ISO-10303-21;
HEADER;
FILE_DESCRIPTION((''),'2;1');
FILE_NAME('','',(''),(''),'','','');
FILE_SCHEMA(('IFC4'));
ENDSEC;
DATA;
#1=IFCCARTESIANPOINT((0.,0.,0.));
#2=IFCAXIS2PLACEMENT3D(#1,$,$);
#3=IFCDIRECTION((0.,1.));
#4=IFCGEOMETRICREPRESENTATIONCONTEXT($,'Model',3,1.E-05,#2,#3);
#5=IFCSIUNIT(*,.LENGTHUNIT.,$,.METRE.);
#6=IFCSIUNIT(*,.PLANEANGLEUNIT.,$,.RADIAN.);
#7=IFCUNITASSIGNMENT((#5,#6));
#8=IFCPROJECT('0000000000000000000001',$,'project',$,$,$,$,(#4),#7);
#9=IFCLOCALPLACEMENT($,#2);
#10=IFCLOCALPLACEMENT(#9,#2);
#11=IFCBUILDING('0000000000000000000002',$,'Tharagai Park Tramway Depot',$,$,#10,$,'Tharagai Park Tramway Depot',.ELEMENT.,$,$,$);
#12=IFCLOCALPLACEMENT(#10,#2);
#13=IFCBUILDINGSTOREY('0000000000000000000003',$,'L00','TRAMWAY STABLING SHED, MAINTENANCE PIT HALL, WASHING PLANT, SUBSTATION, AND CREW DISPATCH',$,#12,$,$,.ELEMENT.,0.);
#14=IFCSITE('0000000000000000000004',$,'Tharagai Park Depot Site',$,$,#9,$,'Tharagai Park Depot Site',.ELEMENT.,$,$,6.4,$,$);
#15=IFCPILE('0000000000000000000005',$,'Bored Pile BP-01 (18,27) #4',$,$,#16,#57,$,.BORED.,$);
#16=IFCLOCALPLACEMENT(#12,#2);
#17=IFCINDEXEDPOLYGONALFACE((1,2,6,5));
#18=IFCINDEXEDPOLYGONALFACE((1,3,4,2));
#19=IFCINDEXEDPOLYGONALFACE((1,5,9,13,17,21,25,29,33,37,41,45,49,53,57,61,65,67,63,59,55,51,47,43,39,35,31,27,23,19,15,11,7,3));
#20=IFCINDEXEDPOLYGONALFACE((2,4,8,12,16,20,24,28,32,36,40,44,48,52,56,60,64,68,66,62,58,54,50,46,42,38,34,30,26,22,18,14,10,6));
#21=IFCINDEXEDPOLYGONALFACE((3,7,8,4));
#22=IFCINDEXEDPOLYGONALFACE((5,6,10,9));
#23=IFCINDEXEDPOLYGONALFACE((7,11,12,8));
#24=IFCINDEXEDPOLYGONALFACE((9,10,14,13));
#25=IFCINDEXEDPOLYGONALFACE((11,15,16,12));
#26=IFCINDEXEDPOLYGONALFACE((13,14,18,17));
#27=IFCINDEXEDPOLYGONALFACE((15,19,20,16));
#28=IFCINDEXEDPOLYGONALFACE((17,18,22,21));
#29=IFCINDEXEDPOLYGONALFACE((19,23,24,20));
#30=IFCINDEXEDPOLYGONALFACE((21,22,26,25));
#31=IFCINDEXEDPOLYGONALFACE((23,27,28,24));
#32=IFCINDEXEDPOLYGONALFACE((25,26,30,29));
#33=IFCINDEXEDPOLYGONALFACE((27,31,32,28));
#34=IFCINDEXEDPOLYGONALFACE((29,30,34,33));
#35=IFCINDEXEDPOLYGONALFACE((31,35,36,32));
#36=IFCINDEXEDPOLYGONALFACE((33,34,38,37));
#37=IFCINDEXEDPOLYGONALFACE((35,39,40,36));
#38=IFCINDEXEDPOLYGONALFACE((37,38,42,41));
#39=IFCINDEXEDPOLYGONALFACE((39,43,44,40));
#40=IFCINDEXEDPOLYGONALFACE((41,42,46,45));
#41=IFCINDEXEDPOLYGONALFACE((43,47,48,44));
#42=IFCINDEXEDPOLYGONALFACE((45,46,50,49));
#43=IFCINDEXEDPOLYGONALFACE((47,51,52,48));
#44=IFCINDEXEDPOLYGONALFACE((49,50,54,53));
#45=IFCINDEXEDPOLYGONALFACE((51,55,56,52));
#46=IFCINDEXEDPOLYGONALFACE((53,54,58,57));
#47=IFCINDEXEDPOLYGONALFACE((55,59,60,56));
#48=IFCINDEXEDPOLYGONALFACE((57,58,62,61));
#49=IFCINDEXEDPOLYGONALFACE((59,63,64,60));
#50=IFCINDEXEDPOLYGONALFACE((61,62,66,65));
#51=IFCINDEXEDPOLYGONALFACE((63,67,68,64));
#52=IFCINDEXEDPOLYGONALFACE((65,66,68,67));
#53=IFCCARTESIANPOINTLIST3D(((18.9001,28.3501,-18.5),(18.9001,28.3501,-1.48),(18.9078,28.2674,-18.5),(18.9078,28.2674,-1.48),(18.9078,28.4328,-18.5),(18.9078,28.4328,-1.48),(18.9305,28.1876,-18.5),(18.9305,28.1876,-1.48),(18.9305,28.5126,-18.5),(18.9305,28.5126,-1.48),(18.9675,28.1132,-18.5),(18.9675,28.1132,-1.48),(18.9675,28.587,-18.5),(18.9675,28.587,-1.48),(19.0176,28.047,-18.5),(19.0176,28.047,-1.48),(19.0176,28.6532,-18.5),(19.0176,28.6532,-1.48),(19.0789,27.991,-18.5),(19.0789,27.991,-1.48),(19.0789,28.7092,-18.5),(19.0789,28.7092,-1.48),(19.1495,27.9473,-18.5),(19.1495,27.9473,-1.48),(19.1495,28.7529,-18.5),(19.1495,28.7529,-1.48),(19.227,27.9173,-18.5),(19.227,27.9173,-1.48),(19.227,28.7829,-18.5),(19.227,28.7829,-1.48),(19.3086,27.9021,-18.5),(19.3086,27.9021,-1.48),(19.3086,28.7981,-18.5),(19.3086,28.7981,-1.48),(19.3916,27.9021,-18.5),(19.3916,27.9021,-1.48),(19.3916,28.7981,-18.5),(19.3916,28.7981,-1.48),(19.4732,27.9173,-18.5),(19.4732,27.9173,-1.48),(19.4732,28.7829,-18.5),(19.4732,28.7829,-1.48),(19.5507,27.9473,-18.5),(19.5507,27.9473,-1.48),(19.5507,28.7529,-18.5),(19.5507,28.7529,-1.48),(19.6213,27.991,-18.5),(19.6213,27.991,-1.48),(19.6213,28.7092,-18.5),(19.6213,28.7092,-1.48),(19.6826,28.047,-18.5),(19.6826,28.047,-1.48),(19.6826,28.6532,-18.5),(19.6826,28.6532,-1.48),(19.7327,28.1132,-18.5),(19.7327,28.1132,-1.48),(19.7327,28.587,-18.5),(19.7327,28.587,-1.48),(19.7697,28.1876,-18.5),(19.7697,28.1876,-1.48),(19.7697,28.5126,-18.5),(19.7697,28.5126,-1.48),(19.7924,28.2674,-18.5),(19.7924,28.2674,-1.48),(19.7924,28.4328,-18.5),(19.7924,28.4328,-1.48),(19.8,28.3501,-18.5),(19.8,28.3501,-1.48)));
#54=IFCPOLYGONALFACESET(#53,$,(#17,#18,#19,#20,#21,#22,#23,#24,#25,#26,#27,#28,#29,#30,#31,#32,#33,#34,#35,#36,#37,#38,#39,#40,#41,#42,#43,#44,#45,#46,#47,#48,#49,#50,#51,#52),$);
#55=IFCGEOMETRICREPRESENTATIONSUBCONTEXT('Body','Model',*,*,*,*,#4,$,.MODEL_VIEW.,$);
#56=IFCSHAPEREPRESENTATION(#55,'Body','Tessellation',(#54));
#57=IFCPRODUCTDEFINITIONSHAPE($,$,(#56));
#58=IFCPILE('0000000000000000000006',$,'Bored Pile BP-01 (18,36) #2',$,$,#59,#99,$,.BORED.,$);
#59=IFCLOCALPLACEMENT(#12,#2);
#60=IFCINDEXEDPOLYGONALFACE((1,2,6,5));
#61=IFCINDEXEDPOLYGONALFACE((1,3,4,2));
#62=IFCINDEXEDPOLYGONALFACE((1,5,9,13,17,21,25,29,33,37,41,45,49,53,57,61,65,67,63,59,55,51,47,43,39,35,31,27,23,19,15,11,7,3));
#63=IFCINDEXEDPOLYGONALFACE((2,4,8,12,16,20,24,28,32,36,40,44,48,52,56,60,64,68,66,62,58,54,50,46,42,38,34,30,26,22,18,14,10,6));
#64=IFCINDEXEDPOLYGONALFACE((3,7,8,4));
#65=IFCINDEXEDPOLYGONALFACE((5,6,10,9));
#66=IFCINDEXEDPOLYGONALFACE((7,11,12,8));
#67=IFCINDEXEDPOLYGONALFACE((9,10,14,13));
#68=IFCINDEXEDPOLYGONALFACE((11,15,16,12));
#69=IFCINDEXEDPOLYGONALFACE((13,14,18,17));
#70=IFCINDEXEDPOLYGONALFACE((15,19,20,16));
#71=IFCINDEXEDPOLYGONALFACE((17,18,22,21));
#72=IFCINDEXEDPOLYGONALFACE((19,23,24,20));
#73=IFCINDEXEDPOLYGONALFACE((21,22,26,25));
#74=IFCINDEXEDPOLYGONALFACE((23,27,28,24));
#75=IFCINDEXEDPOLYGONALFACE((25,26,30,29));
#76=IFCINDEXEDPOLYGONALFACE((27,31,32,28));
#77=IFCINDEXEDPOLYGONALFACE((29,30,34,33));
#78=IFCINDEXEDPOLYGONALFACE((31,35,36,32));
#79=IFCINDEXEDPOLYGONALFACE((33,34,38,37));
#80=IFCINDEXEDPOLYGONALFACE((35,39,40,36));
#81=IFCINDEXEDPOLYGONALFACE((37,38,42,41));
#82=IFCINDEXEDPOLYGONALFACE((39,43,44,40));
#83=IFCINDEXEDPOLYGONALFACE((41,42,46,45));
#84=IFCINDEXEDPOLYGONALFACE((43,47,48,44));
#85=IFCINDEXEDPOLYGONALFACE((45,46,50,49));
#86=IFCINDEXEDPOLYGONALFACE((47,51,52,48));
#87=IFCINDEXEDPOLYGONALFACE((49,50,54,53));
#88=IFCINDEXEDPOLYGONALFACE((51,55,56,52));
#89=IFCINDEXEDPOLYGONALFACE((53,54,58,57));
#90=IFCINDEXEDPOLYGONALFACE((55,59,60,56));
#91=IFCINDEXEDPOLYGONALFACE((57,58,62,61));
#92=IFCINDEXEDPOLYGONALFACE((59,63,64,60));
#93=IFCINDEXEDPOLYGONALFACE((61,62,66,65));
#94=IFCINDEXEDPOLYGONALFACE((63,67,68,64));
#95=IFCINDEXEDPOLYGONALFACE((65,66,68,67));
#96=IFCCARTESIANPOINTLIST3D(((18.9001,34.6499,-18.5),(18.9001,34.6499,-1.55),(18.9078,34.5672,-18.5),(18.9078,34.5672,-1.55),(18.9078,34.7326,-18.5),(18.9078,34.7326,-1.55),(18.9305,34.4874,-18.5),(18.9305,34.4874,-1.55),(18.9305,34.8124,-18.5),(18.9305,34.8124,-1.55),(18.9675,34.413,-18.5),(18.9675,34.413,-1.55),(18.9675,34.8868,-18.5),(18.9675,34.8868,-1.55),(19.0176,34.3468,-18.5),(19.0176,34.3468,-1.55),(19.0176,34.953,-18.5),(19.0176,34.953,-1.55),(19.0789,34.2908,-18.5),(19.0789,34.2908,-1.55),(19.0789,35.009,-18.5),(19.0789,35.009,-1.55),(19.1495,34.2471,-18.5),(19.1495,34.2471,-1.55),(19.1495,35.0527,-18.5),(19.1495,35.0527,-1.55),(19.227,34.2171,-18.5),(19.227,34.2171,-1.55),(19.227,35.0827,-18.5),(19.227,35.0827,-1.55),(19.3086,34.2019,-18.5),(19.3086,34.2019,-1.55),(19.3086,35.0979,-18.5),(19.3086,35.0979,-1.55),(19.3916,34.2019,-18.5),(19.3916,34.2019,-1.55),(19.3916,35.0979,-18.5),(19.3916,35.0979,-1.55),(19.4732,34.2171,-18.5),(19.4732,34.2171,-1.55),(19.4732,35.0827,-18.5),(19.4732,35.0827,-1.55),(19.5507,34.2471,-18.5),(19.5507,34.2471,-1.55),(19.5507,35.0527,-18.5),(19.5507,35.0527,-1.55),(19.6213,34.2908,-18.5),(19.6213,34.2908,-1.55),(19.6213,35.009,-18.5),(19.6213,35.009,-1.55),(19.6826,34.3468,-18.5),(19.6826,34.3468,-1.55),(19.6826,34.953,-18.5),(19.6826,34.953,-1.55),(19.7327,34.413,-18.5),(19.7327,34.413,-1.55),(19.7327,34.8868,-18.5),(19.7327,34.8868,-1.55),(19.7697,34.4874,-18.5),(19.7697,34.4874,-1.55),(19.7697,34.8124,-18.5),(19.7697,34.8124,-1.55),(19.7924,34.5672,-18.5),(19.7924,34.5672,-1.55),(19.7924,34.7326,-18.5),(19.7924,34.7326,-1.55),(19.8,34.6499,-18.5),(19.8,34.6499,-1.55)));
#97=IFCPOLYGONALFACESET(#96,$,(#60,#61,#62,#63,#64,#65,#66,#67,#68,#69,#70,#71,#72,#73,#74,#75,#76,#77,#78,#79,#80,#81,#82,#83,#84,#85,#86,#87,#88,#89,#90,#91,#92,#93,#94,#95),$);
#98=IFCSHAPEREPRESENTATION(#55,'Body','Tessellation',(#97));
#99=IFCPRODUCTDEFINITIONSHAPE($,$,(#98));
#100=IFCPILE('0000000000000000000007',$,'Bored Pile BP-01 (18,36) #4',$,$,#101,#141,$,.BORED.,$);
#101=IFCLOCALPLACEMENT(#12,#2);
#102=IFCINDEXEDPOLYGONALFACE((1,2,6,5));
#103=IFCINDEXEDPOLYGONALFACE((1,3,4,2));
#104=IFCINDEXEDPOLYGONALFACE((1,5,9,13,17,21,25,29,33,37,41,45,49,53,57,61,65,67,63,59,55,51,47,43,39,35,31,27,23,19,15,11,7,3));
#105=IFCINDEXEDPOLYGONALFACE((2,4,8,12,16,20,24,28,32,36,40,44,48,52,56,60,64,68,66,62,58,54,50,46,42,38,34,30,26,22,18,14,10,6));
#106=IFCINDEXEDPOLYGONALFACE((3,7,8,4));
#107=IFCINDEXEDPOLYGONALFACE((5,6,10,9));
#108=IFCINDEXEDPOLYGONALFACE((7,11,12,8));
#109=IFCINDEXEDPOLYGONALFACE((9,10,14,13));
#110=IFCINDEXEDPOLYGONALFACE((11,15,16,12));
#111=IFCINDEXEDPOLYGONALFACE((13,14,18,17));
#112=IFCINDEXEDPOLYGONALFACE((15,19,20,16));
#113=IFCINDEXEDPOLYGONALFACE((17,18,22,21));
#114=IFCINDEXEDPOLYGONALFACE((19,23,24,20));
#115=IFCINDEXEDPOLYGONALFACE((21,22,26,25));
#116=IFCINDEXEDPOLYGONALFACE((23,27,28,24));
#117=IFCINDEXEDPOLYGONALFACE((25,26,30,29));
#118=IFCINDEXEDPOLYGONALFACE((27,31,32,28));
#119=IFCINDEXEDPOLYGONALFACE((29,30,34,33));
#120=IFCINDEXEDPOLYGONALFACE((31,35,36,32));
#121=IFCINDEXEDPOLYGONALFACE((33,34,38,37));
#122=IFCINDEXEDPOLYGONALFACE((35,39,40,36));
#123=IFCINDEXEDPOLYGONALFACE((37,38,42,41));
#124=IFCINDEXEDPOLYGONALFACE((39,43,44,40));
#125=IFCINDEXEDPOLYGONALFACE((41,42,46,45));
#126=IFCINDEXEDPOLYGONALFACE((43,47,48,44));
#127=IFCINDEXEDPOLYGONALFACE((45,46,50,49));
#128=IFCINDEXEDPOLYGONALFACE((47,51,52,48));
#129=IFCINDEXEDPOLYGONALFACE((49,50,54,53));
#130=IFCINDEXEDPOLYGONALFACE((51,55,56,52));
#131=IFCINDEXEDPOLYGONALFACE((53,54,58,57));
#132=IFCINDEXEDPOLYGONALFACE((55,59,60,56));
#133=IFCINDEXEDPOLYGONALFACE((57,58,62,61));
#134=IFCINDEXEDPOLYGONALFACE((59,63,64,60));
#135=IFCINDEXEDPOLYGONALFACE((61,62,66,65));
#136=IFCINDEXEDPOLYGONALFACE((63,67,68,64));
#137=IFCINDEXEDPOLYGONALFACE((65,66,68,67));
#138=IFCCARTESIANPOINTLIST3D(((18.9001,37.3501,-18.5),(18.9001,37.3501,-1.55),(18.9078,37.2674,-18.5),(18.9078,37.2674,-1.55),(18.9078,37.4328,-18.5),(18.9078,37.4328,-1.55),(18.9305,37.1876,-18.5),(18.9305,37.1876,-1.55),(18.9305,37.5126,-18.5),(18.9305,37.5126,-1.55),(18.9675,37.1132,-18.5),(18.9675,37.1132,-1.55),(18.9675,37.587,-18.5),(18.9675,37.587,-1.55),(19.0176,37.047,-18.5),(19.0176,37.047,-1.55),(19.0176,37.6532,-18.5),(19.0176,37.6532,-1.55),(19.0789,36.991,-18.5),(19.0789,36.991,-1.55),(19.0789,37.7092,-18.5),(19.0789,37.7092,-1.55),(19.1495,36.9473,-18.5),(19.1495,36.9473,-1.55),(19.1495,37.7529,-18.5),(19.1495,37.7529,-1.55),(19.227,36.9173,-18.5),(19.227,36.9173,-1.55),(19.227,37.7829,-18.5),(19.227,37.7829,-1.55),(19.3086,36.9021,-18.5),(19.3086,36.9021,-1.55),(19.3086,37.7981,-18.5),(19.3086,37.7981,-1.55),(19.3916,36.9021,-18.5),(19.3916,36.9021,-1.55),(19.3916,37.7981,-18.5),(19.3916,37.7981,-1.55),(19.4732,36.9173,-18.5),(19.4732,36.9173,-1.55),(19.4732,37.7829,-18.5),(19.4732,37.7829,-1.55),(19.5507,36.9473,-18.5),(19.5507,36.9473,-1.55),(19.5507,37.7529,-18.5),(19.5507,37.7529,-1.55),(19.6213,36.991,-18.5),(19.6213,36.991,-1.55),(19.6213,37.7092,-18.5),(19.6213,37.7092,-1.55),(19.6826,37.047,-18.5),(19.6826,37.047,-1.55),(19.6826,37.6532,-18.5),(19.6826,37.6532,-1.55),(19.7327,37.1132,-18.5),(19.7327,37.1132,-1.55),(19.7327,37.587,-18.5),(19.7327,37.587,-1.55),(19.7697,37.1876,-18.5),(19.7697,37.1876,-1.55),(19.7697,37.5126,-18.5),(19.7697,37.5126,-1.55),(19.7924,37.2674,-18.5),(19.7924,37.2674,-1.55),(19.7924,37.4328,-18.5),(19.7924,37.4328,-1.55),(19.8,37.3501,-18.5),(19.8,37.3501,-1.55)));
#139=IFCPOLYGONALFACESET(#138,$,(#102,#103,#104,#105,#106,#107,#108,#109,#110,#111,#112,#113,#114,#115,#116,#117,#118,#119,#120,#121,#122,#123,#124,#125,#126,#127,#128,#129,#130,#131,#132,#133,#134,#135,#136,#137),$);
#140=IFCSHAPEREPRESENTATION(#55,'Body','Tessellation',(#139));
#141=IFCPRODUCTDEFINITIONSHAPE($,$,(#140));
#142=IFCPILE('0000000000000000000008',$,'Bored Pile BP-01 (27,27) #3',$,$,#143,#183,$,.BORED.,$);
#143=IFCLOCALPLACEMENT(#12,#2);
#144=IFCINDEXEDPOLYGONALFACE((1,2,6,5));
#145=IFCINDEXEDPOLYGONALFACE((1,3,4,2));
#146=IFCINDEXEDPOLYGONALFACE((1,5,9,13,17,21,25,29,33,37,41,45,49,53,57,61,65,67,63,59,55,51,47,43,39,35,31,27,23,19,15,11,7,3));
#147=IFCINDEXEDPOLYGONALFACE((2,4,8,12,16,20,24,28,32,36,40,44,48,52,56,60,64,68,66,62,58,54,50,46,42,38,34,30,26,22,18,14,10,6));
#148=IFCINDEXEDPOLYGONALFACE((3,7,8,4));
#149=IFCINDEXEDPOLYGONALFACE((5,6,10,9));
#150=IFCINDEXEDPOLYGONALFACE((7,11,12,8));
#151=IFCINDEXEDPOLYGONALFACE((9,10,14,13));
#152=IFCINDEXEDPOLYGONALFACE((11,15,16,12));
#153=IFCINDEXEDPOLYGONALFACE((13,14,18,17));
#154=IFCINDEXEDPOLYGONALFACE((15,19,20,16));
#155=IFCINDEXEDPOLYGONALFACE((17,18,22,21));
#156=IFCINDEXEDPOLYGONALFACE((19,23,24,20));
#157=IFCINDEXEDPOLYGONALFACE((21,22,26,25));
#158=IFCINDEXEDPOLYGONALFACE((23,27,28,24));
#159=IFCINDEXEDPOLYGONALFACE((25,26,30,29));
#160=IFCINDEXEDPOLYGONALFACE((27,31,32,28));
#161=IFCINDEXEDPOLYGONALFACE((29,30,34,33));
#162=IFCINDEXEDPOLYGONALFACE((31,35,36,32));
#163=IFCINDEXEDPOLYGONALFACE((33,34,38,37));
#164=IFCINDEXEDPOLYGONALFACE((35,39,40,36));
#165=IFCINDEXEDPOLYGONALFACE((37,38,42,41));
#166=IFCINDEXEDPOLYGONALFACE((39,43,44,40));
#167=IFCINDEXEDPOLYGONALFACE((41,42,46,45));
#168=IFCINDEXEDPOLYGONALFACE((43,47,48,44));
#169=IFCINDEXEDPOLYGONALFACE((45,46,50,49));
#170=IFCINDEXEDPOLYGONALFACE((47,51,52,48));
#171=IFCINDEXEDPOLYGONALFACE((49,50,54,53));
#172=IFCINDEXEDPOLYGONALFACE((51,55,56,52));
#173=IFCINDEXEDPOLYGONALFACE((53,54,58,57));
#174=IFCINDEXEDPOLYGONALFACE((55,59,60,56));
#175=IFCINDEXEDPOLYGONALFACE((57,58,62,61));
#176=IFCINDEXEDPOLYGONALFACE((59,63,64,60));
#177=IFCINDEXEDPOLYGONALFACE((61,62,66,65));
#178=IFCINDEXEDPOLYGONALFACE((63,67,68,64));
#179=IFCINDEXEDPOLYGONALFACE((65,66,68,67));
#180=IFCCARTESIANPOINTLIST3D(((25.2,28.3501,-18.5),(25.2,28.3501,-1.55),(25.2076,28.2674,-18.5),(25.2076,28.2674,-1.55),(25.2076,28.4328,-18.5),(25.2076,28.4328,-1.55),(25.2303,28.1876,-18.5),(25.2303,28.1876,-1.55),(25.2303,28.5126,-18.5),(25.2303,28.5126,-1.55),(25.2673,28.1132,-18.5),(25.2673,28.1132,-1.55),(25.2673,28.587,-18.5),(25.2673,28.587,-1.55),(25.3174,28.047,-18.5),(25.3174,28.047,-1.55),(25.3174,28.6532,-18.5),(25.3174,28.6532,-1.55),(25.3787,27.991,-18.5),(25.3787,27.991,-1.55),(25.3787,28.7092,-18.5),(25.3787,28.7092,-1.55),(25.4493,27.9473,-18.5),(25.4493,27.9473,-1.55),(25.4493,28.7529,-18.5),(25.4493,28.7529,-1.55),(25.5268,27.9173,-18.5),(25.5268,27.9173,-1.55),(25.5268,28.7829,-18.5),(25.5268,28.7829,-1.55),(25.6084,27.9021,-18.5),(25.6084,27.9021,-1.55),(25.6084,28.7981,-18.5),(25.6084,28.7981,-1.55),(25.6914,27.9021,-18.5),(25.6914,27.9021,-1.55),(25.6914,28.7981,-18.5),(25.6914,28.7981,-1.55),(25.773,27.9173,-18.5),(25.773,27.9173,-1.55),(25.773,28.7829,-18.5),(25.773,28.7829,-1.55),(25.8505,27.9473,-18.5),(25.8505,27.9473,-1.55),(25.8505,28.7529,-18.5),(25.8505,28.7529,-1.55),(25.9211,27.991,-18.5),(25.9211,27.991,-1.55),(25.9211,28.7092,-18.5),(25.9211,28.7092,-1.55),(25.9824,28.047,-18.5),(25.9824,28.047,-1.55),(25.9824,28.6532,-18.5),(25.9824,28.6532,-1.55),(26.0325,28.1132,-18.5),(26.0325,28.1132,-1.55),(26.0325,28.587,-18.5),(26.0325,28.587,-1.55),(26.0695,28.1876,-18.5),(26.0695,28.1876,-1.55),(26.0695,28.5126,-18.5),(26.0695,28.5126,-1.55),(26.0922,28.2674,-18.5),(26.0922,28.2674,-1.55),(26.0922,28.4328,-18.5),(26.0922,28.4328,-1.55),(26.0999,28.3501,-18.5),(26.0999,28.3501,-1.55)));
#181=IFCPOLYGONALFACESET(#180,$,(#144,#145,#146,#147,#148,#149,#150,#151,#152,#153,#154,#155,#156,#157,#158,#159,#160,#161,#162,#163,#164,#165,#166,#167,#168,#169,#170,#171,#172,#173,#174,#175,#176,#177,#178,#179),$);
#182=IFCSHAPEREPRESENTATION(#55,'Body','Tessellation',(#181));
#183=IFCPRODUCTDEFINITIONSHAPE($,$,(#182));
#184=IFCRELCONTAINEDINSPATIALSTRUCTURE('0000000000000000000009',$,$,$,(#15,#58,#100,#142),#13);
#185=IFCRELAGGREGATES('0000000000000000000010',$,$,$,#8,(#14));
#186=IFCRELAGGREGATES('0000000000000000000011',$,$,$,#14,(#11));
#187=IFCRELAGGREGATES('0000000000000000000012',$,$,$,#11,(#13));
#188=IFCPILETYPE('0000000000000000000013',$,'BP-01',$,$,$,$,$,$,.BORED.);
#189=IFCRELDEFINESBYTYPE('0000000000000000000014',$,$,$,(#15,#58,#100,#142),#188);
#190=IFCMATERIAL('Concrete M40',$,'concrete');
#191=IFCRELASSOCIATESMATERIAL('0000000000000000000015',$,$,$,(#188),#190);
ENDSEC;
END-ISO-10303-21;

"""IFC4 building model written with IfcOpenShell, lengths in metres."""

from ifc_helpers import new_model, si_unit, direction, frame, origin, origin_2d, place, context, subcontext, project, spatial, circle, extrude, material, material_profile, profile_set, type_object, element, save


model = new_model("IFC4")

# Units and contexts
model_context = context("Model", 3, precision=1e-05, world=origin(), true_north=direction((0.0, 1.0)))
body_context = subcontext(model_context, "Body", "Model", "MODEL_VIEW")
ifc_project = project(units=[si_unit("LENGTHUNIT", "METRE"), si_unit("PLANEANGLEUNIT", "RADIAN")], contexts=[model_context])

# Site, building, storey
site_placement = place(None, origin())
site = spatial("IfcSite", under=ifc_project, at=site_placement, Name="Tharagai Park Depot Site", LongName="Tharagai Park Depot Site", CompositionType="ELEMENT", RefElevation=6.4)
building_placement = place(site_placement, origin())
building = spatial("IfcBuilding", under=site, at=building_placement, Name="Tharagai Park Tramway Depot", LongName="Tharagai Park Tramway Depot", CompositionType="ELEMENT")
storey_placement = place(building_placement, origin())
storey = spatial("IfcBuildingStorey", under=building, at=storey_placement, Name="L00", Description="TRAMWAY STABLING SHED, MAINTENANCE PIT HALL, WASHING PLANT, SUBSTATION, AND CREW DISPATCH", CompositionType="ELEMENT", Elevation=0.0)

# Piles
ifc_material_1 = material(Name="Concrete M40", Category="concrete")
ifc_material_profile_1 = material_profile(ifc_material_1, circle(Radius=0.45, at=origin_2d()), Name="PILE D900")
ifc_profile_set_1 = profile_set([ifc_material_profile_1], Name="Concrete M40")
pile_type_1 = type_object("IfcPileType", Name="BP-01", PredefinedType="BORED", material=ifc_profile_set_1)
pile_placement = place(storey_placement, frame((19.3501, 28.3501, -1.48), z_axis=(0.0, 0.0, -1.0), x_axis=(1.0, 0.0, 0.0)))
element("IfcPile", 1, at=pile_placement, inside=storey, type_object=pile_type_1, Name="Bored Pile BP-01 (18,27) #4", PredefinedType="BORED", context=body_context, shape_type="SweptSolid", body=[
    extrude(circle(Radius=0.45, at=origin_2d()), origin(), (0.0, 0.0, 1.0), 17.02),
])
for number, where, z_axis, x_axis, name in (
    (2, (19.3501, 34.6499, -1.55), (0.0, 0.0, -1.0), (1.0, 0.0, 0.0), "Bored Pile BP-01 (18,36) #2"),
    (3, (19.3501, 37.3501, -1.55), (0.0, 0.0, -1.0), (1.0, 0.0, 0.0), "Bored Pile BP-01 (18,36) #4"),
    (4, (25.6499, 28.3501, -1.55), (0.0, 0.0, -1.0), (1.0, 0.0, 0.0), "Bored Pile BP-01 (27,27) #3"),
):
    element("IfcPile", number, at=place(storey_placement, frame(where, z_axis=z_axis, x_axis=x_axis)), inside=storey, type_object=pile_type_1, Name=name, PredefinedType="BORED", context=body_context, shape_type="SweptSolid", body=[
        extrude(circle(Radius=0.45, at=origin_2d()), origin(), (0.0, 0.0, 1.0), 16.95),
    ])

save(model, "model.ifc")
